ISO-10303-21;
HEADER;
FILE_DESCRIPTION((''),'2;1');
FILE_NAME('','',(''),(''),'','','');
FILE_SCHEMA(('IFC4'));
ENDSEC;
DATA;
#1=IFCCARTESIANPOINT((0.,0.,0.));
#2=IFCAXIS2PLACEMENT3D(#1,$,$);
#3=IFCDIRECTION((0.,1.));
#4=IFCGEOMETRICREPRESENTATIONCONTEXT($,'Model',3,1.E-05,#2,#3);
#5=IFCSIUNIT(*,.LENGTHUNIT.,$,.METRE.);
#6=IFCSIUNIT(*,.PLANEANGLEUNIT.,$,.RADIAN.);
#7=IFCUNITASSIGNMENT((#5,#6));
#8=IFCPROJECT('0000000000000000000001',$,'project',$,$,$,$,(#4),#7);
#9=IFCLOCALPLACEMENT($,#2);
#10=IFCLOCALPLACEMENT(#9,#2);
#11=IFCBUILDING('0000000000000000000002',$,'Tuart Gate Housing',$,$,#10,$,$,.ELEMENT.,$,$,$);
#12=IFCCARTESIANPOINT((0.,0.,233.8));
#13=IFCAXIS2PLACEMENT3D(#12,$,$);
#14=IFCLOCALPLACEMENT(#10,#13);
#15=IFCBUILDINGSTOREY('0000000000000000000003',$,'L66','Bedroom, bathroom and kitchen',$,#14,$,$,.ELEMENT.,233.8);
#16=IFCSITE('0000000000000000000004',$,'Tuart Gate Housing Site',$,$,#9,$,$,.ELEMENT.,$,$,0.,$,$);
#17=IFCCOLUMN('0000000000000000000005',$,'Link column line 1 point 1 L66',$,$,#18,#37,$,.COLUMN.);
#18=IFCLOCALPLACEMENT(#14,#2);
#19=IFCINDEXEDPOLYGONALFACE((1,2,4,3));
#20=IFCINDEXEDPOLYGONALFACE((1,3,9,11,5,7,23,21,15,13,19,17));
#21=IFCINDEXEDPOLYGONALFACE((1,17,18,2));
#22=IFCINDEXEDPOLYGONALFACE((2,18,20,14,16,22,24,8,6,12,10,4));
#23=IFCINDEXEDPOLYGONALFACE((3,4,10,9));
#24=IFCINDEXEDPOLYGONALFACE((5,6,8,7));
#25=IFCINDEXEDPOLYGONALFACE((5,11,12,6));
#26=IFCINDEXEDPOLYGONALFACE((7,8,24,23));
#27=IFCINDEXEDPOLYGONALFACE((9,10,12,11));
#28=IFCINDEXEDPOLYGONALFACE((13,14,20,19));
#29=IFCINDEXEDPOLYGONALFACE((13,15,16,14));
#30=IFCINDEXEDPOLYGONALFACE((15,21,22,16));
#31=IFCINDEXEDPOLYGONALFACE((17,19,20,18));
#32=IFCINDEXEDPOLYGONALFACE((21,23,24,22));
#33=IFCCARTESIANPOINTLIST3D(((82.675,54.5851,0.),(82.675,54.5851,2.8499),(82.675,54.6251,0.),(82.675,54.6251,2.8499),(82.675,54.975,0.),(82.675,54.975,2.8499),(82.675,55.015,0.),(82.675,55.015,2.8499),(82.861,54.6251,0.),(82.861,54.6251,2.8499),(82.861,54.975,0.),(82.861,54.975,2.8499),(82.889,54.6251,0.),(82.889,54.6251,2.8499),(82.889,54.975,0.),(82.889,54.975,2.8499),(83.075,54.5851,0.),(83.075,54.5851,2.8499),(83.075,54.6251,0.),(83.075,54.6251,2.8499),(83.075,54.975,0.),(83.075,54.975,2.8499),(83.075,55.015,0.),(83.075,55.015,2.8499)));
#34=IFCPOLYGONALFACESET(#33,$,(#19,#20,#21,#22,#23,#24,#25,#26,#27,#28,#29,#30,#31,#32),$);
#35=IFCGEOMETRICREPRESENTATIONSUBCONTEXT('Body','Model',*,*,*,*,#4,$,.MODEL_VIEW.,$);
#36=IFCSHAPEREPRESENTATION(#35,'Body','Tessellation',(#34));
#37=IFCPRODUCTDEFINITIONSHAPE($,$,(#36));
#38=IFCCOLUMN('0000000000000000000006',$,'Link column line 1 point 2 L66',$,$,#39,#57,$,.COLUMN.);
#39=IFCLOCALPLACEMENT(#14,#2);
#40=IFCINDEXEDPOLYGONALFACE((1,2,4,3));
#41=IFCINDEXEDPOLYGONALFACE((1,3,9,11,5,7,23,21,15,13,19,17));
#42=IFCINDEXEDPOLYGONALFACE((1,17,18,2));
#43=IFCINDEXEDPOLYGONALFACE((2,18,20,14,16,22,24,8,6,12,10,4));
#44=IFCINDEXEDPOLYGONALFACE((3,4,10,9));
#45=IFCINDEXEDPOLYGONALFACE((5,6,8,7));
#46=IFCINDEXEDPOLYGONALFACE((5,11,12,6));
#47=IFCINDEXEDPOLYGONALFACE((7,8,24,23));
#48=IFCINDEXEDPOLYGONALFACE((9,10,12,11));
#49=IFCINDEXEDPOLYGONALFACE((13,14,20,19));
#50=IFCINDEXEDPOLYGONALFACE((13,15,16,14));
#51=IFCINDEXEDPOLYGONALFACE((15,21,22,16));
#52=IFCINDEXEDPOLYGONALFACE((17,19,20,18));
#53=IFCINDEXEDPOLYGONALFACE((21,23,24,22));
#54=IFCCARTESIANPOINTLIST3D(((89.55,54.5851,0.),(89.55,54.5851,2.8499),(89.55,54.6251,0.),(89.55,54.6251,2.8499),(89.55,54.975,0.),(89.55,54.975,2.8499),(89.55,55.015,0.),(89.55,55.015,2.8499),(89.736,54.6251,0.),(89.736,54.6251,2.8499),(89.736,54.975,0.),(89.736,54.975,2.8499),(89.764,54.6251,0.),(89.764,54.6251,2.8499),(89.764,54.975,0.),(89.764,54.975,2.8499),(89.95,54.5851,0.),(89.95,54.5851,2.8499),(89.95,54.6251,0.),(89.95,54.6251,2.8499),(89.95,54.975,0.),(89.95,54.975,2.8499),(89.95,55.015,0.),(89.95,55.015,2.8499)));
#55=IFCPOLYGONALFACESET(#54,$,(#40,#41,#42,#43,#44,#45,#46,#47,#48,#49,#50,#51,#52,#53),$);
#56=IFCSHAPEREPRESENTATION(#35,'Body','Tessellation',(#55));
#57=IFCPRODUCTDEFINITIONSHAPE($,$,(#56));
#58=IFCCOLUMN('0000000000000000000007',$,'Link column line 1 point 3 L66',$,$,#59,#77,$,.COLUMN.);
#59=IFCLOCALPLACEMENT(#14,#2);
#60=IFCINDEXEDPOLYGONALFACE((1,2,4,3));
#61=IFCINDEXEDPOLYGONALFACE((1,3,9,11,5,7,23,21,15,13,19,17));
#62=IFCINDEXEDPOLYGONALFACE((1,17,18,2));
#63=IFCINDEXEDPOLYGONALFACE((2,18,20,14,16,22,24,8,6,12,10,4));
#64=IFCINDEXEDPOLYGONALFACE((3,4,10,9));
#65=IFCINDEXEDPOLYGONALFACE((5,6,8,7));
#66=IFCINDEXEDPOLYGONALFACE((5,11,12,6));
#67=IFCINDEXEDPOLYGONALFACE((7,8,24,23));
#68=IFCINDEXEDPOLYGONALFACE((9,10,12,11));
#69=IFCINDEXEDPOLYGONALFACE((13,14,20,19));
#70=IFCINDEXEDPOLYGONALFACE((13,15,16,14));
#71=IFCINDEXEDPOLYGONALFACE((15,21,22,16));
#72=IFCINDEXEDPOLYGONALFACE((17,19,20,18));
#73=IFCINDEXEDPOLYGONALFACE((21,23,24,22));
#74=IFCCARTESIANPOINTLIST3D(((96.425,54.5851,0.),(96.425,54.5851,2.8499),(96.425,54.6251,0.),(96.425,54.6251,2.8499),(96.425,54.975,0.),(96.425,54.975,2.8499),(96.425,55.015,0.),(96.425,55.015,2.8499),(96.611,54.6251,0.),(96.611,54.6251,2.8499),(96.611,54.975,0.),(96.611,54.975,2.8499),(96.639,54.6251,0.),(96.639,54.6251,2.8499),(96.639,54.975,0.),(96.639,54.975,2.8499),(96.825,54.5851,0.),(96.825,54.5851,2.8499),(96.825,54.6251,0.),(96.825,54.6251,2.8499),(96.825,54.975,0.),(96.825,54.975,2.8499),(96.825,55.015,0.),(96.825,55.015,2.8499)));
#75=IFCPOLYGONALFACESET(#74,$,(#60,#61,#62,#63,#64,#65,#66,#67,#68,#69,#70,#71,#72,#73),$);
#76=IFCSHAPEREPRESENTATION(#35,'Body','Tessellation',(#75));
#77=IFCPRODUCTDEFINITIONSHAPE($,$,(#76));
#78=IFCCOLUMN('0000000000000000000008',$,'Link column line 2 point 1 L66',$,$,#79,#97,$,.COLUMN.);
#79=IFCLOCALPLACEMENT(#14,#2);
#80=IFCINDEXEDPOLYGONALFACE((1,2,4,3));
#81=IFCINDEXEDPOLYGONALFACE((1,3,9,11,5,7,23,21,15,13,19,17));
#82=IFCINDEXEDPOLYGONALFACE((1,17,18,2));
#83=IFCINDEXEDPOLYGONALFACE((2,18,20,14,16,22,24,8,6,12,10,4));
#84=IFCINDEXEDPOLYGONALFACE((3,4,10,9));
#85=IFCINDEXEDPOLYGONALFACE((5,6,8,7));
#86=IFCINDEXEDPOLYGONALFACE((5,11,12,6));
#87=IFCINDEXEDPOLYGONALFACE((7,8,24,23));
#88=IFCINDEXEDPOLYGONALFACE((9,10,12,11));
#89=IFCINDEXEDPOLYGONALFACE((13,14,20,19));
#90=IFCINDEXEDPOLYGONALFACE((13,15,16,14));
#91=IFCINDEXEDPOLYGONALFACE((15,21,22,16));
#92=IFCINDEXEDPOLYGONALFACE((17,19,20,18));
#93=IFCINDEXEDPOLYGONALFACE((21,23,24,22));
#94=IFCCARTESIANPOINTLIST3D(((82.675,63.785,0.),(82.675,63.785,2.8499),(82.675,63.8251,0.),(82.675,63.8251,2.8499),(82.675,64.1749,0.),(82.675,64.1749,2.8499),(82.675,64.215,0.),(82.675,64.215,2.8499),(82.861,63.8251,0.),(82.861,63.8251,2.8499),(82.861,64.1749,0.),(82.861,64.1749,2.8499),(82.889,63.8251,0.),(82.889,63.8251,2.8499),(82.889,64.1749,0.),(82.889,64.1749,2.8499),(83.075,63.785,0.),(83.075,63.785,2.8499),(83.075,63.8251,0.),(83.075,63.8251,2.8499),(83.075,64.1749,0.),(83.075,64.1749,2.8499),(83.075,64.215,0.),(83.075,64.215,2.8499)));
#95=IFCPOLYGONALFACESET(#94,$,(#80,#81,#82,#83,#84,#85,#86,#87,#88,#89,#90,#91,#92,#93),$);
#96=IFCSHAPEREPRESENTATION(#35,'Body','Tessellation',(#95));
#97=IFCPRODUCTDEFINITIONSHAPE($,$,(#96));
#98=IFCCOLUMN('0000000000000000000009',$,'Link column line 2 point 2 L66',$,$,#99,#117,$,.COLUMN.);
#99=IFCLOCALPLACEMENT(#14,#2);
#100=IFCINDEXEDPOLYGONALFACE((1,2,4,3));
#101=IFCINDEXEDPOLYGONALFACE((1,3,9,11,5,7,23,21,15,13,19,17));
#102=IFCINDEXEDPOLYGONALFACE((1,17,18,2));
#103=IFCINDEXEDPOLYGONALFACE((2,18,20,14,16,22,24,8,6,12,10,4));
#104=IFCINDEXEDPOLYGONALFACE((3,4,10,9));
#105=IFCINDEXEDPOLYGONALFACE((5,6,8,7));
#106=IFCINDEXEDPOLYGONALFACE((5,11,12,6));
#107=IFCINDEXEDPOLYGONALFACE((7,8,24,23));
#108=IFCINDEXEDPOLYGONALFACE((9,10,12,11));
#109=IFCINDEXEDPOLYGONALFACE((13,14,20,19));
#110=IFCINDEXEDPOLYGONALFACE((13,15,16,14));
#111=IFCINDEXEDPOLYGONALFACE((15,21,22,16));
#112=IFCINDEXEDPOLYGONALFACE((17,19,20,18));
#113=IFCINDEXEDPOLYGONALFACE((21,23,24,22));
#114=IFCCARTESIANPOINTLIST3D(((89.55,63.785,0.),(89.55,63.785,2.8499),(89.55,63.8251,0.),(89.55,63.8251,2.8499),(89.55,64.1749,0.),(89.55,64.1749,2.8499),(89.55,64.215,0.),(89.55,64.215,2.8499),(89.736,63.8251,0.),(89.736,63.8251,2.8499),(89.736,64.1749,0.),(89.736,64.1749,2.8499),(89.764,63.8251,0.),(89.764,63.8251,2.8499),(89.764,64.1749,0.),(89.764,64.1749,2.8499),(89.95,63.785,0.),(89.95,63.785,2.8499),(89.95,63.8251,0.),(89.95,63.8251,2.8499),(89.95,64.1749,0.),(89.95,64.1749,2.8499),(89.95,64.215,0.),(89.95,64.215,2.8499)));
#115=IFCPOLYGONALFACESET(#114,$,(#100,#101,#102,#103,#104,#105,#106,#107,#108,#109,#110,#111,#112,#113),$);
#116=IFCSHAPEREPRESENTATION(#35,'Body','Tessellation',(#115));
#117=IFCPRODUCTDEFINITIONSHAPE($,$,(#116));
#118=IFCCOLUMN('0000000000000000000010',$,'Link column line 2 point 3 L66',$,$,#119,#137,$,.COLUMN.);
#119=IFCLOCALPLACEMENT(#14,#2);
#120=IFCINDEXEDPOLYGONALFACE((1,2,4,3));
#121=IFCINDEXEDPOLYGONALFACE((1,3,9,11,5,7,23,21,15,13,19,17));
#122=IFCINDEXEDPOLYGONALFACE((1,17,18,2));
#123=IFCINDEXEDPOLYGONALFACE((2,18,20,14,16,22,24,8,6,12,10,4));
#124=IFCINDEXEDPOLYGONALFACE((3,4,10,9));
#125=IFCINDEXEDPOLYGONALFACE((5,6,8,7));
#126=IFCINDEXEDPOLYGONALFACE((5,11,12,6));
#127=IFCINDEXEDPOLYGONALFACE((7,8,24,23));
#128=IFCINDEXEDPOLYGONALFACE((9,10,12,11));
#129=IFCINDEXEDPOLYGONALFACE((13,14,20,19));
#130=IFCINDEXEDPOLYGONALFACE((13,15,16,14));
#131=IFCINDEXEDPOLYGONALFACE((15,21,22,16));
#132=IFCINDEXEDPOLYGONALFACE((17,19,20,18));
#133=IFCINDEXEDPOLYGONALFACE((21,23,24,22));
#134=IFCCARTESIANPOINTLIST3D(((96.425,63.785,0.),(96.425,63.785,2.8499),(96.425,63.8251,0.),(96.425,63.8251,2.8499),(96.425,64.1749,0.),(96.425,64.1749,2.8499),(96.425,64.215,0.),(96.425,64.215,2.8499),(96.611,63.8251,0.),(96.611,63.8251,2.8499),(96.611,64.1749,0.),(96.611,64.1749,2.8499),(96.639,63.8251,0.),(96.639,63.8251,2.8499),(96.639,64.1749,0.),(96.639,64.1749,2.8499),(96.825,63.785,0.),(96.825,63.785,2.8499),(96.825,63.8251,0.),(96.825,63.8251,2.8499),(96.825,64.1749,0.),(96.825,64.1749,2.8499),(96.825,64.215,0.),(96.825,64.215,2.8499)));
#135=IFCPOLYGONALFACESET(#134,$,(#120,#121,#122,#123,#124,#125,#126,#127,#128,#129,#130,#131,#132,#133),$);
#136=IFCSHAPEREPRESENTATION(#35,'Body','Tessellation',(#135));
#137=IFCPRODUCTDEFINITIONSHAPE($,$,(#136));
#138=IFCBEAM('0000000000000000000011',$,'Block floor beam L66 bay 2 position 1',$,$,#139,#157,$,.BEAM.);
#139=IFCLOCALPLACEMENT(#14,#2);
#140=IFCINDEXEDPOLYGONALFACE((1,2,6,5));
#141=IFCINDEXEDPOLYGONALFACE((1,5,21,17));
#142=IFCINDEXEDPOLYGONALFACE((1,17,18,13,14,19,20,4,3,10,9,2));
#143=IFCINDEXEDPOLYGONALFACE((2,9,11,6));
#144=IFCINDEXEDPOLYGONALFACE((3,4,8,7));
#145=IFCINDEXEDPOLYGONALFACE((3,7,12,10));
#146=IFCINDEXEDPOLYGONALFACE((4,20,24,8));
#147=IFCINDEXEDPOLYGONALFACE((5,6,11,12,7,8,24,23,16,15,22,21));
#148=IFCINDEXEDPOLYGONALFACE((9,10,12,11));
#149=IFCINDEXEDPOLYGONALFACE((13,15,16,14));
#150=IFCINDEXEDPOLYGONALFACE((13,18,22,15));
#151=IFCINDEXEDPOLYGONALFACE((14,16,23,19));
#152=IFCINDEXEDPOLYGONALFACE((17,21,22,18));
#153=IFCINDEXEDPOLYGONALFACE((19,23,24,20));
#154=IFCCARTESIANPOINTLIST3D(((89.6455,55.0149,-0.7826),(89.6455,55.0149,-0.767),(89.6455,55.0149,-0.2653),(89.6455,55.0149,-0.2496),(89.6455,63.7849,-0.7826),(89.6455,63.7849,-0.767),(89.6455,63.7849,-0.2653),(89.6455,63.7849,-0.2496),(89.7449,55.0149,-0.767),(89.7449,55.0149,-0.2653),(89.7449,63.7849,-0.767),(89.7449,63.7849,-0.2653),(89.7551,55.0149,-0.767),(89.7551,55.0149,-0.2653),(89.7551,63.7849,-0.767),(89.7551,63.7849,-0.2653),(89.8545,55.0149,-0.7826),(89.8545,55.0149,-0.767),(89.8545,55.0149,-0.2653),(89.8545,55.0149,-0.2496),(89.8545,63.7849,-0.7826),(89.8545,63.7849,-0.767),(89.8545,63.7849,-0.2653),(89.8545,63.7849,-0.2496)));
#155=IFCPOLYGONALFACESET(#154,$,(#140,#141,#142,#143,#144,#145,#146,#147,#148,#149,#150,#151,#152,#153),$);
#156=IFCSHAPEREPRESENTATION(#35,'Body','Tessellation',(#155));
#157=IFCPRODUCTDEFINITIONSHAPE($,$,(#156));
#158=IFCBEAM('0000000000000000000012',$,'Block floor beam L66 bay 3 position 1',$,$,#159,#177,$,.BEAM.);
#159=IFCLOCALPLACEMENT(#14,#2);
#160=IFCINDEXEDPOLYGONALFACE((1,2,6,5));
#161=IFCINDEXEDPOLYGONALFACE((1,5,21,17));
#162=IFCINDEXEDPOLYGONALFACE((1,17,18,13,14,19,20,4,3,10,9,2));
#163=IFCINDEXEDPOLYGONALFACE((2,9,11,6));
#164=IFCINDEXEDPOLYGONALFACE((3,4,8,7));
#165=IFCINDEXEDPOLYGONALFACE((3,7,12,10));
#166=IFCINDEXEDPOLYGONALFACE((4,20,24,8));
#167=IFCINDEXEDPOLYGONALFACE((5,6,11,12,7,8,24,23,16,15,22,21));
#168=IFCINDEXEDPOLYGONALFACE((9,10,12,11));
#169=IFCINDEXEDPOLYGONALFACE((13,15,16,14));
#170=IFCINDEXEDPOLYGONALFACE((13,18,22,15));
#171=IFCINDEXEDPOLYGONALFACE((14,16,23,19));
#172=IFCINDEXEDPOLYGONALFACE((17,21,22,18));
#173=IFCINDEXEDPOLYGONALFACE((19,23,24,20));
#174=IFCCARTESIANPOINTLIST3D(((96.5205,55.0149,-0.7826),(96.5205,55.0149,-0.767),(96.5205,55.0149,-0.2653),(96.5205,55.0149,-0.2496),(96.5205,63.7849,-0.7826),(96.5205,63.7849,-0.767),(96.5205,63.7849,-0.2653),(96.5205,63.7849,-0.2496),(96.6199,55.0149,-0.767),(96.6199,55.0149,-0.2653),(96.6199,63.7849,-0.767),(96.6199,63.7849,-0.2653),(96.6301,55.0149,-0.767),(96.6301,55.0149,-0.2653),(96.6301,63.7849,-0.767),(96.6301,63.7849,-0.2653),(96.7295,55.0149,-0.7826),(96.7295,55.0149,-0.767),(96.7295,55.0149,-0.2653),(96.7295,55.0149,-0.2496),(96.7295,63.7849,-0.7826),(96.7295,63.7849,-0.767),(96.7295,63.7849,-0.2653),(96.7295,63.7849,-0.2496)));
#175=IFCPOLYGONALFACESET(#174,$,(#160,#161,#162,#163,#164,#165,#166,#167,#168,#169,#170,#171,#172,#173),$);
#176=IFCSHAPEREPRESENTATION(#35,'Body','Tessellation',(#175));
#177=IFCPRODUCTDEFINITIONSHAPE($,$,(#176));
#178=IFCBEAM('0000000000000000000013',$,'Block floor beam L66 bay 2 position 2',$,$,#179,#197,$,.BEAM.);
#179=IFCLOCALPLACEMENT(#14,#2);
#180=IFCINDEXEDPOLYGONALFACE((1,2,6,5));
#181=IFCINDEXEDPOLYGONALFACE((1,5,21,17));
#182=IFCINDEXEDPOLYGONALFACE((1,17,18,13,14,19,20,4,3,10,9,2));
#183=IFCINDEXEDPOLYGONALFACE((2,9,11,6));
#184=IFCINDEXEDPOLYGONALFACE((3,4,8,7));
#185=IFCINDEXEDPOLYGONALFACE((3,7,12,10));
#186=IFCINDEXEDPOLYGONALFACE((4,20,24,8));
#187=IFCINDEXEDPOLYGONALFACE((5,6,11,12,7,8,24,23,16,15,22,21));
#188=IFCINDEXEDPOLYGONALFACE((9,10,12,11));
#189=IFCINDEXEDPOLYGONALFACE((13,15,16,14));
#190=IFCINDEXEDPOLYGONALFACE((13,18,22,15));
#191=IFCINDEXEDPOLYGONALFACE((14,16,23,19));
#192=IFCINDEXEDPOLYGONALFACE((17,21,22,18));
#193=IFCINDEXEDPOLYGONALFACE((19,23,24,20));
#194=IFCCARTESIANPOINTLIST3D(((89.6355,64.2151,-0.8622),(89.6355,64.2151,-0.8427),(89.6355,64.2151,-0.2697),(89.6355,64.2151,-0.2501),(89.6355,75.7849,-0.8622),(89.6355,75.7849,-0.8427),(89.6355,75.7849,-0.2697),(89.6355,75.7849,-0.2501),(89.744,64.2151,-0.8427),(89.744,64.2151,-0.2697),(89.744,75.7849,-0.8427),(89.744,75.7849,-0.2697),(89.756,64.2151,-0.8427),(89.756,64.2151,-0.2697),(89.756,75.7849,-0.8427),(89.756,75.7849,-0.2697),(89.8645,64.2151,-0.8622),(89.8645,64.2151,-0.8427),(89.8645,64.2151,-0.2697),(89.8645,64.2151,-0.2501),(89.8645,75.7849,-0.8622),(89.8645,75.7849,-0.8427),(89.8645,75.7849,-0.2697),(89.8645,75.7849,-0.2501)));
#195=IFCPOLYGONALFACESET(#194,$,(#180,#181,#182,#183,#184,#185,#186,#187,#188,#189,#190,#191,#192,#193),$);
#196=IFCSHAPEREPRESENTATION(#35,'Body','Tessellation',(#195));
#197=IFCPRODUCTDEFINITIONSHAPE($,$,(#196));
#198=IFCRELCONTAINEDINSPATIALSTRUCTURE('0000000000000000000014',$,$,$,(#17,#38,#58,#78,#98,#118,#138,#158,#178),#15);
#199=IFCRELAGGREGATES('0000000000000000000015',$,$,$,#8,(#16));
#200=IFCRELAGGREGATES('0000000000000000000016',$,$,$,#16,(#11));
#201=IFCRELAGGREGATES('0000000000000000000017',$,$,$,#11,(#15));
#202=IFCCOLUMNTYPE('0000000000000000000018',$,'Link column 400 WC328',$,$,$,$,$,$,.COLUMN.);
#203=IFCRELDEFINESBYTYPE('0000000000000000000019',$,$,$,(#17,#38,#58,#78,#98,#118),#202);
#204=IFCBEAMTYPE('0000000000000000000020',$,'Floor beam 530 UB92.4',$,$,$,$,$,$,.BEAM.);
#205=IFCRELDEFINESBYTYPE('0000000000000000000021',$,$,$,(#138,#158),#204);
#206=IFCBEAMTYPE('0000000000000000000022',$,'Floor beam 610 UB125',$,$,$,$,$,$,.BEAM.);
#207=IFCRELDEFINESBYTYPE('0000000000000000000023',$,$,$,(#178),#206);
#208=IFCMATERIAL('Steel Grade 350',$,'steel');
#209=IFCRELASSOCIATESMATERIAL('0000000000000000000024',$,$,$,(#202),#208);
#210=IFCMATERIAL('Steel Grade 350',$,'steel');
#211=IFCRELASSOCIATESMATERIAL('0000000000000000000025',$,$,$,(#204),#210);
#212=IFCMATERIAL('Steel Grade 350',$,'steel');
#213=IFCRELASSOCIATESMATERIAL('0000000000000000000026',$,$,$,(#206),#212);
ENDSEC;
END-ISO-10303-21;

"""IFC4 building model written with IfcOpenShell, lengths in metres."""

from ifc_helpers import new_model, si_unit, direction, frame, origin, origin_2d, place, context, subcontext, project, spatial, i_section, extrude, material, material_profile, profile_set, type_object, element, save


model = new_model("IFC4")

# Units and contexts
model_context = context("Model", 3, precision=1e-05, world=origin(), true_north=direction((0.0, 1.0)))
body_context = subcontext(model_context, "Body", "Model", "MODEL_VIEW")
ifc_project = project(units=[si_unit("LENGTHUNIT", "METRE"), si_unit("PLANEANGLEUNIT", "RADIAN")], contexts=[model_context])

# Site, building, storey
site_placement = place(None, origin())
site = spatial("IfcSite", under=ifc_project, at=site_placement, Name="Tuart Gate Housing Site", CompositionType="ELEMENT", RefElevation=0.0)
building_placement = place(site_placement, origin())
building = spatial("IfcBuilding", under=site, at=building_placement, Name="Tuart Gate Housing", CompositionType="ELEMENT")
storey_placement = place(building_placement, frame((0.0, 0.0, 233.8)))
storey = spatial("IfcBuildingStorey", under=building, at=storey_placement, Name="L66", Description="Bedroom, bathroom and kitchen", CompositionType="ELEMENT", Elevation=233.8)

# Columns
ifc_material_1 = material(Name="Steel Grade 350", Category="steel")
ifc_material_profile_1 = material_profile(ifc_material_1, i_section(OverallWidth=0.3999, OverallDepth=0.4299, WebThickness=0.0281, FlangeThickness=0.04, at=origin_2d()), Name="400WC328")
ifc_profile_set_1 = profile_set([ifc_material_profile_1], Name="Steel Grade 350")
column_type = type_object("IfcColumnType", Name="Link column 400 WC328", PredefinedType="COLUMN", material=ifc_profile_set_1)
for number, where, z_axis, x_axis, name in (
    (1, (82.875, 54.8, 0.0), (0.0, 0.0, 1.0), (1.0, 0.0, 0.0), "Link column line 1 point 1 L66"),
    (2, (89.75, 54.8, 0.0), (0.0, 0.0, 1.0), (1.0, 0.0, 0.0), "Link column line 1 point 2 L66"),
    (3, (96.625, 54.8, 0.0), (0.0, 0.0, 1.0), (1.0, 0.0, 0.0), "Link column line 1 point 3 L66"),
    (4, (82.875, 64.0, 0.0), (0.0, 0.0, 1.0), (1.0, 0.0, 0.0), "Link column line 2 point 1 L66"),
    (5, (89.75, 64.0, 0.0), (0.0, 0.0, 1.0), (1.0, 0.0, 0.0), "Link column line 2 point 2 L66"),
    (6, (96.625, 64.0, 0.0), (0.0, 0.0, 1.0), (1.0, 0.0, 0.0), "Link column line 2 point 3 L66"),
):
    element("IfcColumn", number, at=place(storey_placement, frame(where, z_axis=z_axis, x_axis=x_axis)), inside=storey, type_object=column_type, Name=name, PredefinedType="COLUMN", context=body_context, shape_type="SweptSolid", body=[
        extrude(i_section(OverallWidth=0.3999, OverallDepth=0.4299, WebThickness=0.0281, FlangeThickness=0.04, at=origin_2d()), origin(), (0.0, 0.0, 1.0), 2.8499),
    ])

# Beams
ifc_material_2 = material(Name="Steel Grade 350", Category="steel")
ifc_material_profile_2 = material_profile(ifc_material_2, i_section(OverallWidth=0.209, OverallDepth=0.533, WebThickness=0.0103, FlangeThickness=0.0156, at=origin_2d()), Name="530UB92.4")
ifc_profile_set_2 = profile_set([ifc_material_profile_2], Name="Steel Grade 350")
beam_type_1 = type_object("IfcBeamType", Name="Floor beam 530 UB92.4", PredefinedType="BEAM", material=ifc_profile_set_2)
for number, where, z_axis, x_axis, name in (
    (7, (89.75, 55.0149, -0.5161), (0.0, 1.0, 0.0), (-1.0, 0.0, 0.0), "Block floor beam L66 bay 2 position 1"),
    (8, (96.625, 55.0149, -0.5161), (0.0, 1.0, 0.0), (-1.0, 0.0, 0.0), "Block floor beam L66 bay 3 position 1"),
):
    element("IfcBeam", number, at=place(storey_placement, frame(where, z_axis=z_axis, x_axis=x_axis)), inside=storey, type_object=beam_type_1, Name=name, PredefinedType="BEAM", context=body_context, shape_type="SweptSolid", body=[
        extrude(i_section(OverallWidth=0.209, OverallDepth=0.533, WebThickness=0.0103, FlangeThickness=0.0156, at=origin_2d()), origin(), (0.0, 0.0, 1.0), 8.77),
    ])
ifc_material_3 = material(Name="Steel Grade 350", Category="steel")
ifc_material_profile_3 = material_profile(ifc_material_3, i_section(OverallWidth=0.229, OverallDepth=0.6121, WebThickness=0.012, FlangeThickness=0.0195, at=origin_2d()), Name="610UB125")
ifc_profile_set_3 = profile_set([ifc_material_profile_3], Name="Steel Grade 350")
beam_type_2 = type_object("IfcBeamType", Name="Floor beam 610 UB125", PredefinedType="BEAM", material=ifc_profile_set_3)
for number, where, z_axis, x_axis, name in (
    (9, (89.75, 64.2151, -0.5562), (0.0, 1.0, 0.0), (-1.0, 0.0, 0.0), "Block floor beam L66 bay 2 position 2"),
):
    element("IfcBeam", number, at=place(storey_placement, frame(where, z_axis=z_axis, x_axis=x_axis)), inside=storey, type_object=beam_type_2, Name=name, PredefinedType="BEAM", context=body_context, shape_type="SweptSolid", body=[
        extrude(i_section(OverallWidth=0.229, OverallDepth=0.6121, WebThickness=0.012, FlangeThickness=0.0195, at=origin_2d()), origin(), (0.0, 0.0, 1.0), 11.5698),
    ])

save(model, "model.ifc")
